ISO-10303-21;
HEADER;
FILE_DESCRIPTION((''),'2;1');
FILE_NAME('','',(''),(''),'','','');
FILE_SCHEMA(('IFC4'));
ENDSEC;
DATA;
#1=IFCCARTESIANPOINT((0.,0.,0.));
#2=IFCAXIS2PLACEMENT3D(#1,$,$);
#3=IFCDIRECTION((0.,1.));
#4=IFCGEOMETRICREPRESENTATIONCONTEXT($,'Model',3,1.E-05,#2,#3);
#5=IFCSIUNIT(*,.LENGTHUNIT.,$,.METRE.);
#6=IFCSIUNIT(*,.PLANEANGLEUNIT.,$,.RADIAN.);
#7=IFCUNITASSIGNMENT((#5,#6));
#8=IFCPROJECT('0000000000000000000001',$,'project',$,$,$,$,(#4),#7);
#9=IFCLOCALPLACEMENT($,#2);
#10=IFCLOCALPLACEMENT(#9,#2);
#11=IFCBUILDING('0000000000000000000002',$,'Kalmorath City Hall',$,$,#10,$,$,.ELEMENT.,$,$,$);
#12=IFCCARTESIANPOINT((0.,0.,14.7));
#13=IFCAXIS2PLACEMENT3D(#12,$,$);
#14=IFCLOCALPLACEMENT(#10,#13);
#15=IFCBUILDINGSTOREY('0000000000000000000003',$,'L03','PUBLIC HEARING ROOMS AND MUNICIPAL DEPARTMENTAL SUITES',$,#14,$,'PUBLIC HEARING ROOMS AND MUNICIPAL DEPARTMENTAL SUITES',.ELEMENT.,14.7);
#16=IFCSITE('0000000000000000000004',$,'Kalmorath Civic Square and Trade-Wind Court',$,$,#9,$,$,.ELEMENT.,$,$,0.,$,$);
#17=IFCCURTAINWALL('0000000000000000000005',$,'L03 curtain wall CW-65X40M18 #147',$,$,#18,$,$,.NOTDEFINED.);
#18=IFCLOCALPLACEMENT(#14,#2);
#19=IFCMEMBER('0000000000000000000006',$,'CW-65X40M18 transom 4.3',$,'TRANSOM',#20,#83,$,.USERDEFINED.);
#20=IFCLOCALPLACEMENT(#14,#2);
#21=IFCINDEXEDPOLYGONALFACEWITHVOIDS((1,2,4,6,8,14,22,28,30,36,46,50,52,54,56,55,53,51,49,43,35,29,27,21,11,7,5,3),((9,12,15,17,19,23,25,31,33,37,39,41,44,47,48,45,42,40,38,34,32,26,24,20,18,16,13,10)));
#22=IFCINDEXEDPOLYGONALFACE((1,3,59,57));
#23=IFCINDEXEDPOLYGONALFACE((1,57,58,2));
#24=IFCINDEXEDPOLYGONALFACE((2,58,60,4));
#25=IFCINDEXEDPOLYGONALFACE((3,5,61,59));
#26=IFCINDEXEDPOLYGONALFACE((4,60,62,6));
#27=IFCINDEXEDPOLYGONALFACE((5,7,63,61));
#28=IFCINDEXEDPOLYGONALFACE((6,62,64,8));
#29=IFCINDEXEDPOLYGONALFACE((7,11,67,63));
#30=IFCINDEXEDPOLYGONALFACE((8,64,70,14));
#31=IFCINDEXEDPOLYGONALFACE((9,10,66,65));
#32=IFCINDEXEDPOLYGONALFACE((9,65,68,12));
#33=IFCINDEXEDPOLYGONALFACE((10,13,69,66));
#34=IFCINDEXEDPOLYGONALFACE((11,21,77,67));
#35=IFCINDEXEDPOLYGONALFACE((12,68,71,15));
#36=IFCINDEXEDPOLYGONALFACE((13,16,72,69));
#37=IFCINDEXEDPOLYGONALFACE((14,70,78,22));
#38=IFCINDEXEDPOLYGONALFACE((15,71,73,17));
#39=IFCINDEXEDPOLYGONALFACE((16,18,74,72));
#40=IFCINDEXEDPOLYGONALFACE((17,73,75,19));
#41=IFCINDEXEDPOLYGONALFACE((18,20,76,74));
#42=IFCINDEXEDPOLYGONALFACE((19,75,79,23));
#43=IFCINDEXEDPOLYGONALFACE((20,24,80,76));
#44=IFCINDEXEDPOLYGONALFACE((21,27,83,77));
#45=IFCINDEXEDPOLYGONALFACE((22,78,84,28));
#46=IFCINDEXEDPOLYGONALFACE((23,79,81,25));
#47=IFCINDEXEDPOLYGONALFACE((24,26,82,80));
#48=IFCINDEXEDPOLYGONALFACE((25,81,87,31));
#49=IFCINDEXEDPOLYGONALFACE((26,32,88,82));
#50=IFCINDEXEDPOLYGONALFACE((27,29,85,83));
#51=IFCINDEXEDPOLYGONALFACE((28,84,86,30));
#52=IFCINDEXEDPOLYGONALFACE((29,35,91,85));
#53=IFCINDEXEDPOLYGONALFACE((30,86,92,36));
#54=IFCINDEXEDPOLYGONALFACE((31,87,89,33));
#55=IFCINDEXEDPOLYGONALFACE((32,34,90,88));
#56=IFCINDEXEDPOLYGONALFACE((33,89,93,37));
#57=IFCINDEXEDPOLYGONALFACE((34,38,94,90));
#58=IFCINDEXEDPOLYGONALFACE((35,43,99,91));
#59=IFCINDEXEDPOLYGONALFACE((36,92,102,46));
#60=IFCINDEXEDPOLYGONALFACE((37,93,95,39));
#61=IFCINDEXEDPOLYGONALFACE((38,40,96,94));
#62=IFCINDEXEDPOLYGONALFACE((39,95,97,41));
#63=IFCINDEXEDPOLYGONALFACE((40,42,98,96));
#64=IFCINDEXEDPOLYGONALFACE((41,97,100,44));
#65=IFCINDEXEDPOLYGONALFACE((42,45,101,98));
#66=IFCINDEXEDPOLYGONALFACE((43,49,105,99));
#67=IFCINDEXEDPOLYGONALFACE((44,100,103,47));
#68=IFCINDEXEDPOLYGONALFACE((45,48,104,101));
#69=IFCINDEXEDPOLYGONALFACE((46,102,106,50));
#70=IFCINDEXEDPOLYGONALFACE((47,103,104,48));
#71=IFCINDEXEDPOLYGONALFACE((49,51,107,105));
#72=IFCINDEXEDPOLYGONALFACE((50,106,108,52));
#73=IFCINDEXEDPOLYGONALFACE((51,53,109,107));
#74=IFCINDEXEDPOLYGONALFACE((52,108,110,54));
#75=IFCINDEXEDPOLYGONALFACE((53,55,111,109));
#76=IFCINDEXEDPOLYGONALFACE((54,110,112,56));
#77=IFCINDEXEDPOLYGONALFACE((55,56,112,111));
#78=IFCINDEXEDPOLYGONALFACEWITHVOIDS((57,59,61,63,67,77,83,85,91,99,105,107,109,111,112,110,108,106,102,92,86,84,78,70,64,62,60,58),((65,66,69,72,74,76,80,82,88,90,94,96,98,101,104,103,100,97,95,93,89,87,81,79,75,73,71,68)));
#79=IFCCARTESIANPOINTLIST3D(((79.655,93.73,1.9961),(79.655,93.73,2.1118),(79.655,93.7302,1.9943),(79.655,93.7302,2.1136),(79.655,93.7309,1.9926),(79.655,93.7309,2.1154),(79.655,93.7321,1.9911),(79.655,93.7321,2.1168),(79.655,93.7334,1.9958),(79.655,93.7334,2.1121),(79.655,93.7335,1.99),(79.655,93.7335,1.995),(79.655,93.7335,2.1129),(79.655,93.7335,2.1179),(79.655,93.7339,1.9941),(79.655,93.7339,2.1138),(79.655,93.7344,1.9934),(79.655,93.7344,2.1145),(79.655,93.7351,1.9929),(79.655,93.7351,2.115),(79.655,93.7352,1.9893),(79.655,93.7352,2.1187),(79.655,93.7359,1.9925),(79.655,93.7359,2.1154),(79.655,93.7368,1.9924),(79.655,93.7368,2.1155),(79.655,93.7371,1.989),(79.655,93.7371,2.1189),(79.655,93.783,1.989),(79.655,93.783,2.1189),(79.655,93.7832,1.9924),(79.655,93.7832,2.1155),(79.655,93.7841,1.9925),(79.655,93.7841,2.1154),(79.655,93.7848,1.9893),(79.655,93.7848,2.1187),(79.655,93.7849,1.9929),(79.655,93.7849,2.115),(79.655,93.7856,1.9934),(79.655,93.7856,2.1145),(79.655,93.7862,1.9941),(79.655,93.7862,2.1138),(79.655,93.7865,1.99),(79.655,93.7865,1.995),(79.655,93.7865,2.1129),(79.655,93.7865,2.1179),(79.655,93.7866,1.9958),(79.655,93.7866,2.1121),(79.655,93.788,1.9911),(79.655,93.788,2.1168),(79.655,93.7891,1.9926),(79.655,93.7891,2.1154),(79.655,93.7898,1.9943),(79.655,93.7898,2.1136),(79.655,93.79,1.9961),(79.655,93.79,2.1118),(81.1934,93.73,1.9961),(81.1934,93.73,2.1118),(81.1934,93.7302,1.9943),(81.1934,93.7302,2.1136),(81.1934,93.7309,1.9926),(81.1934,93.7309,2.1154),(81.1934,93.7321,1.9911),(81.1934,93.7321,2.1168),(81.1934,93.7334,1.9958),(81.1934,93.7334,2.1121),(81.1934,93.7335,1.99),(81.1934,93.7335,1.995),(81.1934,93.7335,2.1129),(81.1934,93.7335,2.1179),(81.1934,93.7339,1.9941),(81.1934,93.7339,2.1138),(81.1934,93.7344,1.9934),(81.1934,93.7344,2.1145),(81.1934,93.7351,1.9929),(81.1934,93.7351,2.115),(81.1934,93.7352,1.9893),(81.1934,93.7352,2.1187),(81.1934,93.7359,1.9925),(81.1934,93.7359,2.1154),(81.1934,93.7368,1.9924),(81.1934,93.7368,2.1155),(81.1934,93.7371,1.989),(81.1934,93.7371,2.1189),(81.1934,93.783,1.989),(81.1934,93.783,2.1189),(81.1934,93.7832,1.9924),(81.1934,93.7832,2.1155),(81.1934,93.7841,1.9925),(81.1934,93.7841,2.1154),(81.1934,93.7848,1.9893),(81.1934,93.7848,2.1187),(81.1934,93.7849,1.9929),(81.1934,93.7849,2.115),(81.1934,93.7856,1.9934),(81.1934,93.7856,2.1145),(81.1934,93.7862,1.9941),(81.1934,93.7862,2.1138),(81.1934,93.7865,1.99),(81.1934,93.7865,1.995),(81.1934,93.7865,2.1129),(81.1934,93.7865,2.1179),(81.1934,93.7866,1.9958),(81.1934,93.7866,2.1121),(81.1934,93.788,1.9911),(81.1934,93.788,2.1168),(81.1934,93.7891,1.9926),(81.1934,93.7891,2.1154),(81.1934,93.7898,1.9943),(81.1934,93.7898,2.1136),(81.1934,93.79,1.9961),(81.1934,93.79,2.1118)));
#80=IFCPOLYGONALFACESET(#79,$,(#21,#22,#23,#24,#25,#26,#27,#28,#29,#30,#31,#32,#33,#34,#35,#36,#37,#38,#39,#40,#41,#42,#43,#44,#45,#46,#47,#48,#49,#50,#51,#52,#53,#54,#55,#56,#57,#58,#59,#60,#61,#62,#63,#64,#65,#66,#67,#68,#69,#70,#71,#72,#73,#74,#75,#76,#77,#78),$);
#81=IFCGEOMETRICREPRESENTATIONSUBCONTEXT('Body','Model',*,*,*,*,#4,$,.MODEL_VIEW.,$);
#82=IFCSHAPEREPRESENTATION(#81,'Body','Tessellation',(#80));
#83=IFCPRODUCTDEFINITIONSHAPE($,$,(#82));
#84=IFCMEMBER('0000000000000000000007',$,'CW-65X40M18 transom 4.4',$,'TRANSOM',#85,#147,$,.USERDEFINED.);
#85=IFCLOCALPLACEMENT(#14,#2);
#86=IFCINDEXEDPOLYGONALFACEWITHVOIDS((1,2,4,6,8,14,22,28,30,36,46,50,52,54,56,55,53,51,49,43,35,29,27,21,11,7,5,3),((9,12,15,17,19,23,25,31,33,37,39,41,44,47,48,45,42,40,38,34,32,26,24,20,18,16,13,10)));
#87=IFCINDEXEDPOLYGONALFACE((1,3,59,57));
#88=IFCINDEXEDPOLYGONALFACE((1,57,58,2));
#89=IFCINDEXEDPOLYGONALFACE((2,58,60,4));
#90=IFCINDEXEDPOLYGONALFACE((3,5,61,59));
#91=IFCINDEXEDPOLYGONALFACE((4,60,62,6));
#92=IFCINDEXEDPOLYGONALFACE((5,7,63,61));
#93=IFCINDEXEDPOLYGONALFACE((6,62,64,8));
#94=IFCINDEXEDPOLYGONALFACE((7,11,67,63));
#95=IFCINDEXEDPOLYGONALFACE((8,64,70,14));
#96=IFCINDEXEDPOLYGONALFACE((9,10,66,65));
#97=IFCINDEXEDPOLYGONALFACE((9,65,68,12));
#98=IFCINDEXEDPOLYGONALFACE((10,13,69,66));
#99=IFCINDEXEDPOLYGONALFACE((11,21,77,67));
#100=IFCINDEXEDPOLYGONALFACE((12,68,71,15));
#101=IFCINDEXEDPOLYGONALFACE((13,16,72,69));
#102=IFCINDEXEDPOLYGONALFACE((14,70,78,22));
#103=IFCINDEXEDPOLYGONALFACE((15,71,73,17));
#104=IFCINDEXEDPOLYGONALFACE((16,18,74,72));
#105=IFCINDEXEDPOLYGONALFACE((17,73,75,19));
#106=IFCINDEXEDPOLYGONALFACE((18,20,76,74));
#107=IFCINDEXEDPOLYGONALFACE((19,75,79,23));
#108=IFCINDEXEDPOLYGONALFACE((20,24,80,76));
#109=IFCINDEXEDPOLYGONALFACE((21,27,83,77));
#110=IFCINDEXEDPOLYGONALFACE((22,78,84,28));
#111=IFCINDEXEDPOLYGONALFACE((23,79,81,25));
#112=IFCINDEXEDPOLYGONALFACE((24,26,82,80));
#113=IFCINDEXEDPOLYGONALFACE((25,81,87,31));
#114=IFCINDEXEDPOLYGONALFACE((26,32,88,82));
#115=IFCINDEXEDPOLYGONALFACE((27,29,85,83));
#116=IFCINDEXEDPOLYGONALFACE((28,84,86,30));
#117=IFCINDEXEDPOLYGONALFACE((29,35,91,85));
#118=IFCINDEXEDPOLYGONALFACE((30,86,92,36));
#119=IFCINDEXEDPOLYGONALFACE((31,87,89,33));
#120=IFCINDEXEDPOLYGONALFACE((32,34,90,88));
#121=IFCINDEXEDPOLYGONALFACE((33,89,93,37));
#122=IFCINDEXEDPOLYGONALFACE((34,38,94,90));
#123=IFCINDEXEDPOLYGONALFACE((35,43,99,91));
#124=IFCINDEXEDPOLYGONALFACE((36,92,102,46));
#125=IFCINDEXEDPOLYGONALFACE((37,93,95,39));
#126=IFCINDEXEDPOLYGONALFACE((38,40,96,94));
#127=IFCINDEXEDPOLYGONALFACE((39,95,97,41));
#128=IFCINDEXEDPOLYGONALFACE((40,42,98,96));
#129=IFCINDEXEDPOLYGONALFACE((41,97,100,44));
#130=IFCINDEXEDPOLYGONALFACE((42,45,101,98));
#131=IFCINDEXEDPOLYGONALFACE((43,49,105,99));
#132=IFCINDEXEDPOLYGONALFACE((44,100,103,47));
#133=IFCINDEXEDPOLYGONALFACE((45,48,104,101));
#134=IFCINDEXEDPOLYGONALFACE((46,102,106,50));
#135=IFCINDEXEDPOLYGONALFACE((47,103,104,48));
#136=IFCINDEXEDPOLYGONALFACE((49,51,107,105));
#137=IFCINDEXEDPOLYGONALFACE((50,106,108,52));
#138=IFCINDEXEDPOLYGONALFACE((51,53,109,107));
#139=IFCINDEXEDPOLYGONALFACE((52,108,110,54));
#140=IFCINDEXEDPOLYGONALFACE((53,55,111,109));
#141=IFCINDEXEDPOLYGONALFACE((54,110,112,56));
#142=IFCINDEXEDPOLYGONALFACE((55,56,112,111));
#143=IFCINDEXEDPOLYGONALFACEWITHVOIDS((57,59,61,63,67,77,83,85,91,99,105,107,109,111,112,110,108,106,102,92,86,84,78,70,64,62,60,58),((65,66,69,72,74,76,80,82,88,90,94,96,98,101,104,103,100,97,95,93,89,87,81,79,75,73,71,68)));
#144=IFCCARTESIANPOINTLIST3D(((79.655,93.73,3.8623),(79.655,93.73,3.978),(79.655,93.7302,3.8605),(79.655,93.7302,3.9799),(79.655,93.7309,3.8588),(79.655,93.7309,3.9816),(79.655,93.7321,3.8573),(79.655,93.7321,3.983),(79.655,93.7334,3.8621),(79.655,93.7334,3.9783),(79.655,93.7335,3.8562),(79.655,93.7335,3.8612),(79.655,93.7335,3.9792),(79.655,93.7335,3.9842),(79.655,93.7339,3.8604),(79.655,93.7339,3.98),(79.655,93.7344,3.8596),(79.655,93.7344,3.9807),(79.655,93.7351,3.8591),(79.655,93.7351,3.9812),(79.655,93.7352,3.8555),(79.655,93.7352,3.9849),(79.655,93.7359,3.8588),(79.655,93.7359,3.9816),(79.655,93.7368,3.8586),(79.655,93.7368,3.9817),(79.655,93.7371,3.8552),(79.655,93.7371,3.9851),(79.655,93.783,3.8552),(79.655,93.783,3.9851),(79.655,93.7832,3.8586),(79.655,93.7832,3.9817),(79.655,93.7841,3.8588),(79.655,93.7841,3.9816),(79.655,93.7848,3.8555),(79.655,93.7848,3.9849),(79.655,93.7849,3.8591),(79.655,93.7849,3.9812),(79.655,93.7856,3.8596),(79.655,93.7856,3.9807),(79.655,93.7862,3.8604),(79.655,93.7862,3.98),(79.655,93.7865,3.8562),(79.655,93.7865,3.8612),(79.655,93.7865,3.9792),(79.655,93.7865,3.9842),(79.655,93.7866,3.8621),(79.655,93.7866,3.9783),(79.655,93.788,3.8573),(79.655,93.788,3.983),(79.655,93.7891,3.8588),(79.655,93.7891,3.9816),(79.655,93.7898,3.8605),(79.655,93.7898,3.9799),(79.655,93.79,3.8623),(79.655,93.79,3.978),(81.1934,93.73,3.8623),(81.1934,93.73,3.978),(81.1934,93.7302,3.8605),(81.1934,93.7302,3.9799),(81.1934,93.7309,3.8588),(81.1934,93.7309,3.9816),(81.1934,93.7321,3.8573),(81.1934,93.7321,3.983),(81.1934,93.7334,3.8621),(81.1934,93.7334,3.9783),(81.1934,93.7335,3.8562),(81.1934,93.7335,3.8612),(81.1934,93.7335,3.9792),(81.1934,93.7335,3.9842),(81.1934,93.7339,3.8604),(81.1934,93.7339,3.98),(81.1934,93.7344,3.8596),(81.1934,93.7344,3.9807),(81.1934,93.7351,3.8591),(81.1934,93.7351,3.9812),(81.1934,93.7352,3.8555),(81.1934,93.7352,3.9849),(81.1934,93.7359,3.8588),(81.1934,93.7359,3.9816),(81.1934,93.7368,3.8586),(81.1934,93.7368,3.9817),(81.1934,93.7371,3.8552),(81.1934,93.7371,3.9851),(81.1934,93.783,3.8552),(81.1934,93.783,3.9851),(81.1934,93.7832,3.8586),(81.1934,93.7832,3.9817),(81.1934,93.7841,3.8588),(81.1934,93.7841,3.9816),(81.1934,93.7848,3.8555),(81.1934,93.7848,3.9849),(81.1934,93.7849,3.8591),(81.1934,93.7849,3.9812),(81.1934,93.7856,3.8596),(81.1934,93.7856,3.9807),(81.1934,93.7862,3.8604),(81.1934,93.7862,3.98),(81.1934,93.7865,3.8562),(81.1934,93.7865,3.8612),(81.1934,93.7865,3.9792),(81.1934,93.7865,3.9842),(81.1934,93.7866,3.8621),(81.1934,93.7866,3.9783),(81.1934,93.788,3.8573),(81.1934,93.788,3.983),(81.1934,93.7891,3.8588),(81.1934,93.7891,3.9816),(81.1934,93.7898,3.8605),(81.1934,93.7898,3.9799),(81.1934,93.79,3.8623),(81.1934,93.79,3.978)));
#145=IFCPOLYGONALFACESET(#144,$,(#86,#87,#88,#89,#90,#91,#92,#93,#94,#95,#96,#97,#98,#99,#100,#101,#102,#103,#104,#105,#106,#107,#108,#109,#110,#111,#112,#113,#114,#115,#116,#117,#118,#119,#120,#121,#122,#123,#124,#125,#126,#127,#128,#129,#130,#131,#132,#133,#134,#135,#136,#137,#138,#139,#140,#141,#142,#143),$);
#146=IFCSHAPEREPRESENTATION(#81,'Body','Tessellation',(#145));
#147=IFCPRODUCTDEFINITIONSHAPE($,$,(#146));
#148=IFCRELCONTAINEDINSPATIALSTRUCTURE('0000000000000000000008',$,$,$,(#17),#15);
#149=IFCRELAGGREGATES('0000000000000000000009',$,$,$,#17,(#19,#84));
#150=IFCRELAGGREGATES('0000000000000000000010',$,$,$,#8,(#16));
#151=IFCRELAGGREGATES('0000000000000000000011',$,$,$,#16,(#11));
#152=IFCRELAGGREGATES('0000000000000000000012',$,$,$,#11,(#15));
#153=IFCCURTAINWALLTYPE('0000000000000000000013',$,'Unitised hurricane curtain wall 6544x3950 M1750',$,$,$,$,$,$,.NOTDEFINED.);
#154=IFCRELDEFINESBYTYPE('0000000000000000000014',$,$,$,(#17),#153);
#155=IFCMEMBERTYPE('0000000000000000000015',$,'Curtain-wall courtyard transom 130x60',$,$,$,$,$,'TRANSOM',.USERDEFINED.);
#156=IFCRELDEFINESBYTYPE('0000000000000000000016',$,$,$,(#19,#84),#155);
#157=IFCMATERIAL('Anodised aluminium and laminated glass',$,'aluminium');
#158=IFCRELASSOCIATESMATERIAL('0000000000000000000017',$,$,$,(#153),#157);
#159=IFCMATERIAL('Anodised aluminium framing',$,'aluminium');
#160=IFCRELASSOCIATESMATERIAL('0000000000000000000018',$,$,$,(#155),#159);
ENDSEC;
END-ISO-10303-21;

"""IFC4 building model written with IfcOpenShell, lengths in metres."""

from ifc_helpers import new_model, si_unit, direction, frame, origin, origin_2d, place, context, subcontext, project, spatial, hollow_rectangle, extrude, material, material_profile, profile_set, type_object, element, aggregate, save


model = new_model("IFC4")

# Units and contexts
model_context = context("Model", 3, precision=1e-05, world=origin(), true_north=direction((0.0, 1.0)))
body_context = subcontext(model_context, "Body", "Model", "MODEL_VIEW")
ifc_project = project(units=[si_unit("LENGTHUNIT", "METRE"), si_unit("PLANEANGLEUNIT", "RADIAN")], contexts=[model_context])

# Site, building, storey
site_placement = place(None, origin())
site = spatial("IfcSite", under=ifc_project, at=site_placement, Name="Kalmorath Civic Square and Trade-Wind Court", CompositionType="ELEMENT", RefElevation=0.0)
building_placement = place(site_placement, origin())
building = spatial("IfcBuilding", under=site, at=building_placement, Name="Kalmorath City Hall", CompositionType="ELEMENT")
storey_placement = place(building_placement, frame((0.0, 0.0, 14.7)))
storey = spatial("IfcBuildingStorey", under=building, at=storey_placement, Name="L03", Description="PUBLIC HEARING ROOMS AND MUNICIPAL DEPARTMENTAL SUITES", LongName="PUBLIC HEARING ROOMS AND MUNICIPAL DEPARTMENTAL SUITES", CompositionType="ELEMENT", Elevation=14.7)

# Curtain wall
ifc_material_1 = material(Name="Anodised aluminium and laminated glass", Category="aluminium")
curtain_wall_type_1 = type_object("IfcCurtainWallType", Name="Unitised hurricane curtain wall 6544x3950 M1750", PredefinedType="NOTDEFINED", material=ifc_material_1)
curtain_wall_1_placement = place(storey_placement, origin())
curtain_wall_1 = element("IfcCurtainWall", 1, at=curtain_wall_1_placement, inside=storey, type_object=curtain_wall_type_1, Name="L03 curtain wall CW-65X40M18 #147", PredefinedType="NOTDEFINED")

# Members
ifc_material_2 = material(Name="Anodised aluminium framing", Category="aluminium")
ifc_material_profile_1 = material_profile(ifc_material_2, hollow_rectangle(XDim=0.0601, YDim=0.1299, WallThickness=0.0034, InnerFilletRadius=0.0034, OuterFilletRadius=0.0071, at=origin_2d()), Name="ALU-TRN-130X60X3.5")
ifc_profile_set_1 = profile_set([ifc_material_profile_1], Name="Anodised aluminium framing")
member_type_1 = type_object("IfcMemberType", Name="Curtain-wall courtyard transom 130x60", ElementType="TRANSOM", PredefinedType="USERDEFINED", material=ifc_profile_set_1)
member_1_placement = place(storey_placement, frame((81.1934, 93.76, 2.054), z_axis=(-1.0, 0.0, 0.0), x_axis=(0.0, -1.0, 0.0)))
member_1 = element("IfcMember", 2, at=member_1_placement, type_object=member_type_1, Name="CW-65X40M18 transom 4.3", ObjectType="TRANSOM", PredefinedType="USERDEFINED", context=body_context, shape_type="SweptSolid", body=[
    extrude(hollow_rectangle(XDim=0.0601, YDim=0.1299, WallThickness=0.0034, InnerFilletRadius=0.0034, OuterFilletRadius=0.0071, at=origin_2d()), origin(), (0.0, 0.0, 1.0), 1.5383),
])
member_2_placement = place(storey_placement, frame((81.1934, 93.76, 3.9202), z_axis=(-1.0, 0.0, 0.0), x_axis=(0.0, -1.0, 0.0)))
member_2 = element("IfcMember", 3, at=member_2_placement, type_object=member_type_1, Name="CW-65X40M18 transom 4.4", ObjectType="TRANSOM", PredefinedType="USERDEFINED", context=body_context, shape_type="SweptSolid", body=[
    extrude(hollow_rectangle(XDim=0.0601, YDim=0.1299, WallThickness=0.0034, InnerFilletRadius=0.0034, OuterFilletRadius=0.0071, at=origin_2d()), origin(), (0.0, 0.0, 1.0), 1.5383),
])

aggregate(curtain_wall_1, [member_1, member_2])

save(model, "model.ifc")
